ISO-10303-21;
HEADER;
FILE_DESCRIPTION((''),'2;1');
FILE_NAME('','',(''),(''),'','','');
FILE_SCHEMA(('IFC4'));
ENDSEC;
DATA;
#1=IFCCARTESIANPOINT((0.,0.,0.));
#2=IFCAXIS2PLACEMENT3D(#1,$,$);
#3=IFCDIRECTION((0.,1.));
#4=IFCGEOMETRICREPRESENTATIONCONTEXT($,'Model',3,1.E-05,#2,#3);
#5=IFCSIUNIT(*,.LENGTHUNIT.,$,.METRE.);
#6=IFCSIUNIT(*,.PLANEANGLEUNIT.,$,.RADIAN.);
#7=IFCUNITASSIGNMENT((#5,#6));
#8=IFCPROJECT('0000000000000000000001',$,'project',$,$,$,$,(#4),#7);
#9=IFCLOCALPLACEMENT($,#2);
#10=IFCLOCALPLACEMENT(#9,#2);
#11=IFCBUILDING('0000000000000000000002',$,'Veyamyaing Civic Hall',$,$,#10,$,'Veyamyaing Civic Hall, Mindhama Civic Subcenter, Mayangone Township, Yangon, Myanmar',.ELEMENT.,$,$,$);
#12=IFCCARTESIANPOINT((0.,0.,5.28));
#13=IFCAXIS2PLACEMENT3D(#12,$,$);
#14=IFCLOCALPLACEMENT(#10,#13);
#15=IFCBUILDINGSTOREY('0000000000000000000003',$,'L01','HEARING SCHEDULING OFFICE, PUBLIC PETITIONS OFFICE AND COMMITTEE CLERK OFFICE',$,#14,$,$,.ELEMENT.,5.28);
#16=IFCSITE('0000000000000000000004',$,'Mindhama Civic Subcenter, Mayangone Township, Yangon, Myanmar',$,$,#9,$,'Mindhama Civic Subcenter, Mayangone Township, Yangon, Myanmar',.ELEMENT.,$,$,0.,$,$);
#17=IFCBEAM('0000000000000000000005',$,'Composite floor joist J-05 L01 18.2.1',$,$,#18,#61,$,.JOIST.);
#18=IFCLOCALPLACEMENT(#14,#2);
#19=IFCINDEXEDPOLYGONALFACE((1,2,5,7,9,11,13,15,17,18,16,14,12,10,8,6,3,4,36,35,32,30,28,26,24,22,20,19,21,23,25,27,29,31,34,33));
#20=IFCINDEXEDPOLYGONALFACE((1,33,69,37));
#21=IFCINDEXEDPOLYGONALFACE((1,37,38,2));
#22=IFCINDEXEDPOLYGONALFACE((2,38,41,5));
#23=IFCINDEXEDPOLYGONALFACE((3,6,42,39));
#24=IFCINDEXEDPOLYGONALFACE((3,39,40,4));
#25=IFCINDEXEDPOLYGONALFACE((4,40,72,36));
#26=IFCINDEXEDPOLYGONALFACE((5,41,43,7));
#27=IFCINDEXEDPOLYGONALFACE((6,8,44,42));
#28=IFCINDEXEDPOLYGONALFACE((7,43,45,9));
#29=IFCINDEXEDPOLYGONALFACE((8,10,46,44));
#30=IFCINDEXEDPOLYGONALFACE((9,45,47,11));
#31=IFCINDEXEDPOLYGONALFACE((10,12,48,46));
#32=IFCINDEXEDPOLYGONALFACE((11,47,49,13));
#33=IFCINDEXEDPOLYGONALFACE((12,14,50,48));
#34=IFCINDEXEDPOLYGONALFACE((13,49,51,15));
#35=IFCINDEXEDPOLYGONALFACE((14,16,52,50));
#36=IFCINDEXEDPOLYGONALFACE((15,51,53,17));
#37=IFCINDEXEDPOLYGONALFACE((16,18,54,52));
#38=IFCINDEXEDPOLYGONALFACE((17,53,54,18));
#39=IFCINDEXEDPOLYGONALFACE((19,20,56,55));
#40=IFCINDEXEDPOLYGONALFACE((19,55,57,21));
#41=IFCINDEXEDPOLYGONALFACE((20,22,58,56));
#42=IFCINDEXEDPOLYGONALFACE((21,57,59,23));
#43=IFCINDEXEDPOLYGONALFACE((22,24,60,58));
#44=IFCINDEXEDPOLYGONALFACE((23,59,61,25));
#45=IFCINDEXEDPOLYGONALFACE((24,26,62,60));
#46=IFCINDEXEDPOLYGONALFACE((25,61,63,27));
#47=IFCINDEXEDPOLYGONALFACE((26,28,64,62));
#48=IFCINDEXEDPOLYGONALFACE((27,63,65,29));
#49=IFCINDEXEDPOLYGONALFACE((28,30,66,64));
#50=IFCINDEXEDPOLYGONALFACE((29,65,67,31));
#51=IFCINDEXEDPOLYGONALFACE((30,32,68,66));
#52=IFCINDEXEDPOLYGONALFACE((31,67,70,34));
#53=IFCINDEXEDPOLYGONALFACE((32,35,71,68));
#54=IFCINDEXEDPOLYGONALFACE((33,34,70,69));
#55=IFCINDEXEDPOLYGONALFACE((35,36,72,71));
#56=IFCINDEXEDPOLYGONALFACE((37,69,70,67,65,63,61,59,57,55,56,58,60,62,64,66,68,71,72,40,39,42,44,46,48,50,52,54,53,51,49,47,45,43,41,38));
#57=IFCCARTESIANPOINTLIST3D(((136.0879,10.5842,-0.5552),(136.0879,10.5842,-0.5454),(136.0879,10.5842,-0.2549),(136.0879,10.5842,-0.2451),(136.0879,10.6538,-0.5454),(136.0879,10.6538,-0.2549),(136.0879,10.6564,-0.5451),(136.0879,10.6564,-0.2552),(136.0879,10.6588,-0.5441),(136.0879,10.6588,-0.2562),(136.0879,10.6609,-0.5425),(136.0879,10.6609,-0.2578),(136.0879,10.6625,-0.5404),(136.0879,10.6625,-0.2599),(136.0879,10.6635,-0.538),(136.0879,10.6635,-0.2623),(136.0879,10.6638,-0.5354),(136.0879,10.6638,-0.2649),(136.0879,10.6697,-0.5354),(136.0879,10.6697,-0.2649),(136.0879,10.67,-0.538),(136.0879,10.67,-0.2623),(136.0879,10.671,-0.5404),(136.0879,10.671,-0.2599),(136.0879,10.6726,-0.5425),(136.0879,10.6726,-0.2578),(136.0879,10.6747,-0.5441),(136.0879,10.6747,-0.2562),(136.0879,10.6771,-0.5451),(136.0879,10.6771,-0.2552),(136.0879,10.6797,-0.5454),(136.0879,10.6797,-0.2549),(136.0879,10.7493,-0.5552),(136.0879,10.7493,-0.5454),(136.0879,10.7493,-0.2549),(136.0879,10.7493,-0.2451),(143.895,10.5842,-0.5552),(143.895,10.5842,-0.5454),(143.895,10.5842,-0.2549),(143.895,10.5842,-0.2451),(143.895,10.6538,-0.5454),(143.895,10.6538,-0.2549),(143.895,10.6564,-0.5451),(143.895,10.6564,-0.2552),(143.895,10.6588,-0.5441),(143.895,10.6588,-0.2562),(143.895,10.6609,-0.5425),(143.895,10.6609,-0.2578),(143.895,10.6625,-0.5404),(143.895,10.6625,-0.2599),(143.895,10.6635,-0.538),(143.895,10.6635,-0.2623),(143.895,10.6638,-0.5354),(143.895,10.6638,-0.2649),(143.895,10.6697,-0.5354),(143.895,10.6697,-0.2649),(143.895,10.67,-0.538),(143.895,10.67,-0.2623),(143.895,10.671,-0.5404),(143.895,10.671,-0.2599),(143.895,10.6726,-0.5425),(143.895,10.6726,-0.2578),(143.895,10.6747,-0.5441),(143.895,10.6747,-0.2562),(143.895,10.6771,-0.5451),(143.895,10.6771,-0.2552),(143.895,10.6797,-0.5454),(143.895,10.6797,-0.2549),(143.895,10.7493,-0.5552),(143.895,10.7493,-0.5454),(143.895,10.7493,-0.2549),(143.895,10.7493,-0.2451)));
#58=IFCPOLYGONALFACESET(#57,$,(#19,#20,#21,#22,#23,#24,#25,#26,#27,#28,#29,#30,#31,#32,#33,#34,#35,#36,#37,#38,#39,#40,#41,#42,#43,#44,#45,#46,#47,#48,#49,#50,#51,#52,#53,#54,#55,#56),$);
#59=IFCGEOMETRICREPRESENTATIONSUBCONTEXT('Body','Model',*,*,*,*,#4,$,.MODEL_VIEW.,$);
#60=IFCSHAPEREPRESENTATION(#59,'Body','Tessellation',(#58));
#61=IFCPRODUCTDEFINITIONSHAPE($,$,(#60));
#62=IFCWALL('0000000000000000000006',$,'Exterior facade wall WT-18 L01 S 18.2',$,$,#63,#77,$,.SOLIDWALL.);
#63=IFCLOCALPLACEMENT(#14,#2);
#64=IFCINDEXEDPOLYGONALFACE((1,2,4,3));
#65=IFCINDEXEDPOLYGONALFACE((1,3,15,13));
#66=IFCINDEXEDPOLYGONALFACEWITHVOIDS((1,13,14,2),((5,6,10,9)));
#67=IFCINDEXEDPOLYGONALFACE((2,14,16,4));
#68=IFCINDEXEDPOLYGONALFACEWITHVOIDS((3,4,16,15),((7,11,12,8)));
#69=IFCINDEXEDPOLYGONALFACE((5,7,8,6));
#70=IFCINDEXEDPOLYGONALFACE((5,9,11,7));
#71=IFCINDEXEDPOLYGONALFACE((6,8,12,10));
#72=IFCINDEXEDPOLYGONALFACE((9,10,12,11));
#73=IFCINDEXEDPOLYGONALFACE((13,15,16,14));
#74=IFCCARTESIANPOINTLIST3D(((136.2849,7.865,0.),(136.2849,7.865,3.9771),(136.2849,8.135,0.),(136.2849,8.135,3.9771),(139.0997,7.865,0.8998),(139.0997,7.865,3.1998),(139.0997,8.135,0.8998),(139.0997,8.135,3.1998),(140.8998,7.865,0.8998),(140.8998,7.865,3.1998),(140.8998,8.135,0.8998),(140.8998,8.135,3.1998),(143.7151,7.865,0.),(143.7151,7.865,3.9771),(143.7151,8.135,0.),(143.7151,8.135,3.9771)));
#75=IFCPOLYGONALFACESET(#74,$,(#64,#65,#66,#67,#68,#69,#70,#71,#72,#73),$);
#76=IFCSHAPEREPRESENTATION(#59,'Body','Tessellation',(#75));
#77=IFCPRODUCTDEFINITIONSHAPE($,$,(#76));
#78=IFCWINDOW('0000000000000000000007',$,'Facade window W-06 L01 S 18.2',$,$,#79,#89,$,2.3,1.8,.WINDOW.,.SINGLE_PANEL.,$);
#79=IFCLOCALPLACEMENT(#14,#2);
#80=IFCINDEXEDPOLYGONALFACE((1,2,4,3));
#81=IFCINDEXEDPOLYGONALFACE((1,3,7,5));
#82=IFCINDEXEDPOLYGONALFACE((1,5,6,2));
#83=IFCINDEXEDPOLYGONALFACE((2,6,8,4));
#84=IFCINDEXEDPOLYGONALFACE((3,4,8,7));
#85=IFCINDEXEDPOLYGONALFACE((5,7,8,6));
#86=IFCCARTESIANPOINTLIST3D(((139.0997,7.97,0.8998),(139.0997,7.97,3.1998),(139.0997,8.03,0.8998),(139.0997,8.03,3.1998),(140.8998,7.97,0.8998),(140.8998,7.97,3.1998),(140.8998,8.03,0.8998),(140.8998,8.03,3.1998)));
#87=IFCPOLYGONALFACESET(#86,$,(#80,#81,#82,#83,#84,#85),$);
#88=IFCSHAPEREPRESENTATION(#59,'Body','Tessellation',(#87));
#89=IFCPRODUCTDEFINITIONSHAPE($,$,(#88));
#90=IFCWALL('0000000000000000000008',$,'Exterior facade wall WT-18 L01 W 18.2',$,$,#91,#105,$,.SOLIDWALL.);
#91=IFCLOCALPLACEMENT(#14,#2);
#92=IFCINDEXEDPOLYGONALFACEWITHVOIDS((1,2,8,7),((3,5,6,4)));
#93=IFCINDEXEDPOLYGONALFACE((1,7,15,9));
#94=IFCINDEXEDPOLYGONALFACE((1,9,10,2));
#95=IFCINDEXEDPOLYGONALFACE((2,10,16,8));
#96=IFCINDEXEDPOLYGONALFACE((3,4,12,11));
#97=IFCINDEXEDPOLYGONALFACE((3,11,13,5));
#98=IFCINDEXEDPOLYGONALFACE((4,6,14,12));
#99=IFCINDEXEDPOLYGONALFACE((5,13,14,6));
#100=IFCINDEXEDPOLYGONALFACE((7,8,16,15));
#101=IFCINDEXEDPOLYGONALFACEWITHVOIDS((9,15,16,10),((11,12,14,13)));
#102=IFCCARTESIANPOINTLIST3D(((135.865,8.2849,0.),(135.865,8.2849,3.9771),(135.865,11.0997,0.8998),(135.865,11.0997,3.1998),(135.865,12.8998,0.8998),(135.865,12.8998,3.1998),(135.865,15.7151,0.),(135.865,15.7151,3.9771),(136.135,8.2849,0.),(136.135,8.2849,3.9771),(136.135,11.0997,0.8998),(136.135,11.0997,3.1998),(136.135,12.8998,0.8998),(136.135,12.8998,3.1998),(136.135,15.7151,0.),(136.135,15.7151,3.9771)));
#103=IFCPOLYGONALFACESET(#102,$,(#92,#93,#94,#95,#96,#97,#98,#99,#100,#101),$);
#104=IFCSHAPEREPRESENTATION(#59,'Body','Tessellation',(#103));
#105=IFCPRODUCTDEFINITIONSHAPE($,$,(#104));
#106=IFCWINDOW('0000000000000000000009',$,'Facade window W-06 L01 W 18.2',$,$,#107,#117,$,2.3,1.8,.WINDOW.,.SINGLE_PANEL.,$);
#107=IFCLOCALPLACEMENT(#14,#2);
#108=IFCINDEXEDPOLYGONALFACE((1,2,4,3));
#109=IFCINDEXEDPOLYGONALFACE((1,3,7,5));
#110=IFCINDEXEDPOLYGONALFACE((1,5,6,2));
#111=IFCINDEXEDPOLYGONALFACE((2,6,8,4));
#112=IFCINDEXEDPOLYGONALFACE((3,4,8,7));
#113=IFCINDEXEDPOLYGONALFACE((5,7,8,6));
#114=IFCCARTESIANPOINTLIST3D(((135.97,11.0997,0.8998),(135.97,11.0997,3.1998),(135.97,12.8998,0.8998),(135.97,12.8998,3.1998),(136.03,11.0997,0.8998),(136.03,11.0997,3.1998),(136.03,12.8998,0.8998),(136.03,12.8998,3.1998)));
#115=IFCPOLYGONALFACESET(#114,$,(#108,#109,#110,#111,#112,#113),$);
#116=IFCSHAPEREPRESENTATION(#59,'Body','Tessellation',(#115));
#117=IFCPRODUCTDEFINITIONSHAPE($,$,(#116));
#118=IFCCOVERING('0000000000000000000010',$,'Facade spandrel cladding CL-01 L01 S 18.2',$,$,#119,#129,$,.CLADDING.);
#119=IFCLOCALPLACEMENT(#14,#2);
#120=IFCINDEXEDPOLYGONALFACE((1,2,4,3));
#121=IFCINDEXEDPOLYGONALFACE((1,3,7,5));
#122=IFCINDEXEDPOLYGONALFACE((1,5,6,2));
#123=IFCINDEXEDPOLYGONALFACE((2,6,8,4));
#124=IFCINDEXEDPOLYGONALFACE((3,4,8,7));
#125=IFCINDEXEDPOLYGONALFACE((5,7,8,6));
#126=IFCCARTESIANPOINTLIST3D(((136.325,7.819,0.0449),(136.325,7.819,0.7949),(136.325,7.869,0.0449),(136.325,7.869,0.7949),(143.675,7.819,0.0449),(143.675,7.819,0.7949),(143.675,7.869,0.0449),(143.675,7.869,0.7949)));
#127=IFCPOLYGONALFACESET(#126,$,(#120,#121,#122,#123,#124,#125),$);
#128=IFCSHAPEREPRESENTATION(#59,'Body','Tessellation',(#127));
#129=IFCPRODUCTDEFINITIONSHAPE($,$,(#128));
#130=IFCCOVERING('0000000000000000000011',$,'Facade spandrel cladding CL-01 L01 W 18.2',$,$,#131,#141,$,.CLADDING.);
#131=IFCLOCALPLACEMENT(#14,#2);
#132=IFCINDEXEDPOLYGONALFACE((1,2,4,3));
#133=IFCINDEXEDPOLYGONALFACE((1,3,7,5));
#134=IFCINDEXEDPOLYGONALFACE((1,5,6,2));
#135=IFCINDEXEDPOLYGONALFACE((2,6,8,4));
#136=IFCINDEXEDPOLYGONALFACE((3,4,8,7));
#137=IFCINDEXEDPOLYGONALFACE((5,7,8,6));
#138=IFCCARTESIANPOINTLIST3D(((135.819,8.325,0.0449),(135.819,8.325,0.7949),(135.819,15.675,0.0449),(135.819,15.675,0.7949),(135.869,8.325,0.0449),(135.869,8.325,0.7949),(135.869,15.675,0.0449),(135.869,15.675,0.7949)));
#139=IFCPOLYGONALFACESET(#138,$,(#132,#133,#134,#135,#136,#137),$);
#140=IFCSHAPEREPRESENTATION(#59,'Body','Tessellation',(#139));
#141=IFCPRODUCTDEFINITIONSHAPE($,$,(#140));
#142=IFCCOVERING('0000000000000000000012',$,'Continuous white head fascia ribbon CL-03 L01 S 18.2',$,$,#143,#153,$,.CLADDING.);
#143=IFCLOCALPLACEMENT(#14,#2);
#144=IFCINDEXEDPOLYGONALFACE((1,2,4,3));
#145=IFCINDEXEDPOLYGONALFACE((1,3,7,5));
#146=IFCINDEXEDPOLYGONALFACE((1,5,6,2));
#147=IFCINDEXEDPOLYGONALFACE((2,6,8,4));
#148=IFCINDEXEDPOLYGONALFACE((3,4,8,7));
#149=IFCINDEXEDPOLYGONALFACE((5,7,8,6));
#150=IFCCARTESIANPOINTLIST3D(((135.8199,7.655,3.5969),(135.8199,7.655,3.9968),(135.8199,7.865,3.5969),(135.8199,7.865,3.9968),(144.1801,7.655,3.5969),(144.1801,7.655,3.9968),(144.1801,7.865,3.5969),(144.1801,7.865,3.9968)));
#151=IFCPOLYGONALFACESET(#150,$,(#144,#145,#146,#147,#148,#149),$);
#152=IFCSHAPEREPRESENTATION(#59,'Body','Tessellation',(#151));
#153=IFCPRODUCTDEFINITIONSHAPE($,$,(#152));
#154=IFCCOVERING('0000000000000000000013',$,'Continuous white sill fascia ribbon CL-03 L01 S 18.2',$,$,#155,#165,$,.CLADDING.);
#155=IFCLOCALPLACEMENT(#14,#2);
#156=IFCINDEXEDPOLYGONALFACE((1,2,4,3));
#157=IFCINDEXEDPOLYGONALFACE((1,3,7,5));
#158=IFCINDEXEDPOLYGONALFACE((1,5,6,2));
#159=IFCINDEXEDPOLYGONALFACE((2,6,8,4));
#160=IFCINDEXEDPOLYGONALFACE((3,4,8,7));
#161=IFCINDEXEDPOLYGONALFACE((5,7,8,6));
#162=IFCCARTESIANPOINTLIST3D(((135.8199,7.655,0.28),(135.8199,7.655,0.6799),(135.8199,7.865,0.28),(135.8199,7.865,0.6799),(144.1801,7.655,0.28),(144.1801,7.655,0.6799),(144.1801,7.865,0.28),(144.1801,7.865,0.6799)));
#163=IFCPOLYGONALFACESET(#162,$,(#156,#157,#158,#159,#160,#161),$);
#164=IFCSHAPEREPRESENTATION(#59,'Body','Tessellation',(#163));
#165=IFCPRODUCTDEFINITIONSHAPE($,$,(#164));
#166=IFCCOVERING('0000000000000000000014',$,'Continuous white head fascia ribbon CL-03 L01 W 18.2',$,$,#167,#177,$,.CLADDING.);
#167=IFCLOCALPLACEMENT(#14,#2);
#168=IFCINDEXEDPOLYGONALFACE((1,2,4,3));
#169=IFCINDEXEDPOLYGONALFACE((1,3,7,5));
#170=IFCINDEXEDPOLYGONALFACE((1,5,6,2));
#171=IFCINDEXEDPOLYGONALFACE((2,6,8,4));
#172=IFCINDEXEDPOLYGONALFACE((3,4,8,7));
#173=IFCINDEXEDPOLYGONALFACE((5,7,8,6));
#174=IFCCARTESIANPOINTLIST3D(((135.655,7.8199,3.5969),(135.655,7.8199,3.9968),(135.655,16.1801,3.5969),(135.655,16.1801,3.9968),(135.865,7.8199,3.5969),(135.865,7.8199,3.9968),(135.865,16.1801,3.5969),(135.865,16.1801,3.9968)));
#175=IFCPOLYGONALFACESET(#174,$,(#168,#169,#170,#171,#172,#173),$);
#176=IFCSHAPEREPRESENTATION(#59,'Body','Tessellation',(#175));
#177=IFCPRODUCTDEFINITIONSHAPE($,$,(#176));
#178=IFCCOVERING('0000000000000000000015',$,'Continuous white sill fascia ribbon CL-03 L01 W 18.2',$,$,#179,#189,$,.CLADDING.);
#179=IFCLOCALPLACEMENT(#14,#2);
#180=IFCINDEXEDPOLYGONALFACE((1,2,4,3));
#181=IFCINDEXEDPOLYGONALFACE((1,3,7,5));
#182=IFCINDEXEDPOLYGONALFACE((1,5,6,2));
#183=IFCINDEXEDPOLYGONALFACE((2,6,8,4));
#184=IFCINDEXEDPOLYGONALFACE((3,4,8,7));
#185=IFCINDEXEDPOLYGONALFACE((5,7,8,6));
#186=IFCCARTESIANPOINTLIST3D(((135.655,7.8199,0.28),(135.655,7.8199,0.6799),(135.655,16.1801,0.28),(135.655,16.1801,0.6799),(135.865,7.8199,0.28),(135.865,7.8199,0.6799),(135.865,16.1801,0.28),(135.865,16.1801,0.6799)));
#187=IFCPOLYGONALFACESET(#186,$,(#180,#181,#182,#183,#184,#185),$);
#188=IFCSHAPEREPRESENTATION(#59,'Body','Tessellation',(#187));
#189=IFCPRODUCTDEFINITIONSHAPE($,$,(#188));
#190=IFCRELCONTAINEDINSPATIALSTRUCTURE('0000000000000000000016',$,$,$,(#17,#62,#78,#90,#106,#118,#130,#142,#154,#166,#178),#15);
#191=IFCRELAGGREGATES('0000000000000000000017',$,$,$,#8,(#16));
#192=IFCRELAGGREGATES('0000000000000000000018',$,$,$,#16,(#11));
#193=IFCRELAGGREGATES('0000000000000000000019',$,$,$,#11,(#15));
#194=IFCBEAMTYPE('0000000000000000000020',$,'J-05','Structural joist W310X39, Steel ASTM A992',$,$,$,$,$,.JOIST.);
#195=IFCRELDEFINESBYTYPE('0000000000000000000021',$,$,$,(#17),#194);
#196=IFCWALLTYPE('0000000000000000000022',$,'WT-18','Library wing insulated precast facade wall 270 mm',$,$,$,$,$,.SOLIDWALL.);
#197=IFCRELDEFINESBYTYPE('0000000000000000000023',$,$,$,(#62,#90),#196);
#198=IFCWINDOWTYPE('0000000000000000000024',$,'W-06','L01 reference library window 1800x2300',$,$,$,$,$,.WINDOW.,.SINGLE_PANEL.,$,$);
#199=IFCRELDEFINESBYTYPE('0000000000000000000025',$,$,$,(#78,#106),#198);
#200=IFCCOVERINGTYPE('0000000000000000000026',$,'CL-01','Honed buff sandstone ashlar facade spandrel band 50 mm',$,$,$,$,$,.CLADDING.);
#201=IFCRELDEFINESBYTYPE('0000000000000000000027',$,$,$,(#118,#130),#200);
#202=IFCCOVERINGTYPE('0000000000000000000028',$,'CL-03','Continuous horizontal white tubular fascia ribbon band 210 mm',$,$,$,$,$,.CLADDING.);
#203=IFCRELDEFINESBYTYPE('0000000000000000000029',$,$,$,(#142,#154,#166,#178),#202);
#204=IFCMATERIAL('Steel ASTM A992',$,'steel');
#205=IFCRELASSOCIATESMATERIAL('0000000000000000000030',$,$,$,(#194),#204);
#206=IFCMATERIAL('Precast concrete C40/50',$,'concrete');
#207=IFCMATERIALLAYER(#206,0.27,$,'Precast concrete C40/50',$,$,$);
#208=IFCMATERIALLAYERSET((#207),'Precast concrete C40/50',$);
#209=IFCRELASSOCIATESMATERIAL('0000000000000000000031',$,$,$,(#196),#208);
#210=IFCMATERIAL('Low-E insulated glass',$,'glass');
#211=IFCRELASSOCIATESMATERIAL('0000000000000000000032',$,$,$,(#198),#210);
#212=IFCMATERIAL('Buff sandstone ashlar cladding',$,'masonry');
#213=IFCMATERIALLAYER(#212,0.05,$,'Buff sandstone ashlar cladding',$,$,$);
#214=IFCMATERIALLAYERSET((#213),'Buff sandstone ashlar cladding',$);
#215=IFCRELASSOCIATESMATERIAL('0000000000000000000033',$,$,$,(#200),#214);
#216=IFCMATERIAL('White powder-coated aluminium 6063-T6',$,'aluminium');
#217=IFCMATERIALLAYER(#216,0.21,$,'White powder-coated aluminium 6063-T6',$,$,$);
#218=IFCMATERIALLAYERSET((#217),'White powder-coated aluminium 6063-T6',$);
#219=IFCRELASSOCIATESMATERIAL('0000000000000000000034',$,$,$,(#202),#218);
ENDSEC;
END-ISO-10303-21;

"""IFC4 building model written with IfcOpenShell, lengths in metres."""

from ifc_helpers import new_model, si_unit, direction, frame, frame_2d, origin, origin_2d, place, context, subcontext, project, spatial, rectangle, i_section, extrude, material, layer, layer_set, material_profile, profile_set, type_object, element, fill, save


model = new_model("IFC4")

# Units and contexts
model_context = context("Model", 3, precision=1e-05, world=origin(), true_north=direction((0.0, 1.0)))
body_context = subcontext(model_context, "Body", "Model", "MODEL_VIEW")
ifc_project = project(units=[si_unit("LENGTHUNIT", "METRE"), si_unit("PLANEANGLEUNIT", "RADIAN")], contexts=[model_context])

# Site, building, storey
site_placement = place(None, origin())
site = spatial("IfcSite", under=ifc_project, at=site_placement, Name="Mindhama Civic Subcenter, Mayangone Township, Yangon, Myanmar", LongName="Mindhama Civic Subcenter, Mayangone Township, Yangon, Myanmar", CompositionType="ELEMENT", RefElevation=0.0)
building_placement = place(site_placement, origin())
building = spatial("IfcBuilding", under=site, at=building_placement, Name="Veyamyaing Civic Hall", LongName="Veyamyaing Civic Hall, Mindhama Civic Subcenter, Mayangone Township, Yangon, Myanmar", CompositionType="ELEMENT")
storey_placement = place(building_placement, frame((0.0, 0.0, 5.28)))
storey = spatial("IfcBuildingStorey", under=building, at=storey_placement, Name="L01", Description="HEARING SCHEDULING OFFICE, PUBLIC PETITIONS OFFICE AND COMMITTEE CLERK OFFICE", CompositionType="ELEMENT", Elevation=5.28)

# Beam
ifc_material_1 = material(Name="Steel ASTM A992", Category="steel")
ifc_material_profile_1 = material_profile(ifc_material_1, i_section(OverallWidth=0.165, OverallDepth=0.3101, WebThickness=0.0059, FlangeThickness=0.0098, FilletRadius=0.01, at=origin_2d()), Name="W310X39")
ifc_profile_set_1 = profile_set([ifc_material_profile_1], Name="Steel ASTM A992")
beam_type_1 = type_object("IfcBeamType", Name="J-05", Description="Structural joist W310X39, Steel ASTM A992", PredefinedType="JOIST", material=ifc_profile_set_1)
beam_1_placement = place(storey_placement, frame((136.0879, 10.6667, -0.4001), z_axis=(1.0, 0.0, 0.0), x_axis=(0.0, 1.0, 0.0)))
element("IfcBeam", 1, at=beam_1_placement, inside=storey, type_object=beam_type_1, Name="Composite floor joist J-05 L01 18.2.1", PredefinedType="JOIST", context=body_context, shape_type="SweptSolid", body=[
    extrude(i_section(OverallWidth=0.165, OverallDepth=0.3101, WebThickness=0.0059, FlangeThickness=0.0098, FilletRadius=0.01, at=origin_2d()), origin(), (0.0, 0.0, 1.0), 7.8071),
])

# Walls, openings, windows
ifc_material_2 = material(Name="Precast concrete C40/50", Category="concrete")
ifc_layer_1 = layer(ifc_material_2, 0.27, Name="Precast concrete C40/50")
ifc_layer_set_1 = layer_set([ifc_layer_1], Name="Precast concrete C40/50")
wall_type_1 = type_object("IfcWallType", Name="WT-18", Description="Library wing insulated precast facade wall 270 mm", PredefinedType="SOLIDWALL", material=ifc_layer_set_1)
wall_1_placement = place(storey_placement, frame((136.2849, 8.0, 0.0), z_axis=(0.0, 0.0, 1.0), x_axis=(1.0, 0.0, 0.0)))
wall_1 = element("IfcWall", 2, at=wall_1_placement, inside=storey, type_object=wall_type_1, Name="Exterior facade wall WT-18 L01 S 18.2", PredefinedType="SOLIDWALL", context=body_context, shape_type="SweptSolid", body=[
    extrude(rectangle(XDim=7.4302, YDim=0.27, at=frame_2d((3.7151, 0.0))), origin(), (0.0, 0.0, 1.0), 3.9771),
])
opening_1_placement = place(wall_1_placement, frame((2.8149, 0.0, 0.8999)))
opening_1 = element("IfcOpeningElement", 3, at=opening_1_placement, cuts=wall_1, PredefinedType="OPENING", context=body_context, shape_type="SweptSolid", body=[
    extrude(rectangle(XDim=1.8, YDim=2.3, at=frame_2d((0.8999, 1.1499))), frame((0.0, 0.145, 0.0), z_axis=(0.0, -1.0, 0.0), x_axis=(1.0, 0.0, 0.0)), (0.0, 0.0, 1.0), 0.29),
])
ifc_material_3 = material(Name="Low-E insulated glass", Category="glass")
window_type = type_object("IfcWindowType", Name="W-06", Description="L01 reference library window 1800x2300", PartitioningType="SINGLE_PANEL", PredefinedType="WINDOW", material=ifc_material_3)
window_1_placement = place(opening_1_placement, origin())
window_1 = element("IfcWindow", 4, at=window_1_placement, inside=storey, type_object=window_type, Name="Facade window W-06 L01 S 18.2", OverallHeight=2.3, OverallWidth=1.8, PartitioningType="SINGLE_PANEL", PredefinedType="WINDOW", context=body_context, shape_type="SweptSolid", body=[
    extrude(rectangle(XDim=1.8, YDim=2.3, at=frame_2d((0.8999, 1.1499))), frame((0.0, 0.03, 0.0), z_axis=(0.0, -1.0, 0.0), x_axis=(1.0, 0.0, 0.0)), (0.0, 0.0, 1.0), 0.0601),
])
fill(opening_1, window_1)
wall_2_placement = place(storey_placement, frame((136.0, 8.2849, 0.0), z_axis=(0.0, 0.0, 1.0), x_axis=(0.0, 1.0, 0.0)))
wall_2 = element("IfcWall", 5, at=wall_2_placement, inside=storey, type_object=wall_type_1, Name="Exterior facade wall WT-18 L01 W 18.2", PredefinedType="SOLIDWALL", context=body_context, shape_type="SweptSolid", body=[
    extrude(rectangle(XDim=7.4302, YDim=0.27, at=frame_2d((3.7151, 0.0))), origin(), (0.0, 0.0, 1.0), 3.9771),
])
opening_2_placement = place(wall_2_placement, frame((2.8149, 0.0, 0.8999)))
opening_2 = element("IfcOpeningElement", 6, at=opening_2_placement, cuts=wall_2, PredefinedType="OPENING", context=body_context, shape_type="SweptSolid", body=[
    extrude(rectangle(XDim=1.8, YDim=2.3, at=frame_2d((0.8999, 1.1499))), frame((0.0, 0.145, 0.0), z_axis=(0.0, -1.0, 0.0), x_axis=(1.0, 0.0, 0.0)), (0.0, 0.0, 1.0), 0.29),
])
window_2_placement = place(opening_2_placement, origin())
window_2 = element("IfcWindow", 7, at=window_2_placement, inside=storey, type_object=window_type, Name="Facade window W-06 L01 W 18.2", OverallHeight=2.3, OverallWidth=1.8, PartitioningType="SINGLE_PANEL", PredefinedType="WINDOW", context=body_context, shape_type="SweptSolid", body=[
    extrude(rectangle(XDim=1.8, YDim=2.3, at=frame_2d((0.8999, 1.1499))), frame((0.0, 0.03, 0.0), z_axis=(0.0, -1.0, 0.0), x_axis=(1.0, 0.0, 0.0)), (0.0, 0.0, 1.0), 0.0601),
])
fill(opening_2, window_2)

# Coverings
ifc_material_4 = material(Name="Buff sandstone ashlar cladding", Category="masonry")
ifc_layer_2 = layer(ifc_material_4, 0.05, Name="Buff sandstone ashlar cladding")
ifc_layer_set_2 = layer_set([ifc_layer_2], Name="Buff sandstone ashlar cladding")
covering_type_1 = type_object("IfcCoveringType", Name="CL-01", Description="Honed buff sandstone ashlar facade spandrel band 50 mm", PredefinedType="CLADDING", material=ifc_layer_set_2)
for number, where, z_axis, x_axis, name in (
    (8, (140.0, 7.844, 0.0449), (0.0, 0.0, 1.0), (1.0, 0.0, 0.0), "Facade spandrel cladding CL-01 L01 S 18.2"),
    (9, (135.844, 12.0, 0.0449), (0.0, 0.0, 1.0), (0.0, 1.0, 0.0), "Facade spandrel cladding CL-01 L01 W 18.2"),
):
    element("IfcCovering", number, at=place(storey_placement, frame(where, z_axis=z_axis, x_axis=x_axis)), inside=storey, type_object=covering_type_1, Name=name, PredefinedType="CLADDING", context=body_context, shape_type="SweptSolid", body=[
        extrude(rectangle(XDim=7.3501, YDim=0.05, at=origin_2d()), origin(), (0.0, 0.0, 1.0), 0.75),
    ])
ifc_material_5 = material(Name="White powder-coated aluminium 6063-T6", Category="aluminium")
ifc_layer_3 = layer(ifc_material_5, 0.21, Name="White powder-coated aluminium 6063-T6")
ifc_layer_set_3 = layer_set([ifc_layer_3], Name="White powder-coated aluminium 6063-T6")
covering_type_2 = type_object("IfcCoveringType", Name="CL-03", Description="Continuous horizontal white tubular fascia ribbon band 210 mm", PredefinedType="CLADDING", material=ifc_layer_set_3)
for number, where, z_axis, x_axis, name in (
    (10, (140.0, 7.76, 3.5969), (0.0, 0.0, 1.0), (1.0, 0.0, 0.0), "Continuous white head fascia ribbon CL-03 L01 S 18.2"),
    (11, (140.0, 7.76, 0.28), (0.0, 0.0, 1.0), (1.0, 0.0, 0.0), "Continuous white sill fascia ribbon CL-03 L01 S 18.2"),
    (12, (135.76, 12.0, 3.5969), (0.0, 0.0, 1.0), (0.0, 1.0, 0.0), "Continuous white head fascia ribbon CL-03 L01 W 18.2"),
    (13, (135.76, 12.0, 0.28), (0.0, 0.0, 1.0), (0.0, 1.0, 0.0), "Continuous white sill fascia ribbon CL-03 L01 W 18.2"),
):
    element("IfcCovering", number, at=place(storey_placement, frame(where, z_axis=z_axis, x_axis=x_axis)), inside=storey, type_object=covering_type_2, Name=name, PredefinedType="CLADDING", context=body_context, shape_type="SweptSolid", body=[
        extrude(rectangle(XDim=8.3601, YDim=0.21, at=origin_2d()), origin(), (0.0, 0.0, 1.0), 0.3999),
    ])

save(model, "model.ifc")
